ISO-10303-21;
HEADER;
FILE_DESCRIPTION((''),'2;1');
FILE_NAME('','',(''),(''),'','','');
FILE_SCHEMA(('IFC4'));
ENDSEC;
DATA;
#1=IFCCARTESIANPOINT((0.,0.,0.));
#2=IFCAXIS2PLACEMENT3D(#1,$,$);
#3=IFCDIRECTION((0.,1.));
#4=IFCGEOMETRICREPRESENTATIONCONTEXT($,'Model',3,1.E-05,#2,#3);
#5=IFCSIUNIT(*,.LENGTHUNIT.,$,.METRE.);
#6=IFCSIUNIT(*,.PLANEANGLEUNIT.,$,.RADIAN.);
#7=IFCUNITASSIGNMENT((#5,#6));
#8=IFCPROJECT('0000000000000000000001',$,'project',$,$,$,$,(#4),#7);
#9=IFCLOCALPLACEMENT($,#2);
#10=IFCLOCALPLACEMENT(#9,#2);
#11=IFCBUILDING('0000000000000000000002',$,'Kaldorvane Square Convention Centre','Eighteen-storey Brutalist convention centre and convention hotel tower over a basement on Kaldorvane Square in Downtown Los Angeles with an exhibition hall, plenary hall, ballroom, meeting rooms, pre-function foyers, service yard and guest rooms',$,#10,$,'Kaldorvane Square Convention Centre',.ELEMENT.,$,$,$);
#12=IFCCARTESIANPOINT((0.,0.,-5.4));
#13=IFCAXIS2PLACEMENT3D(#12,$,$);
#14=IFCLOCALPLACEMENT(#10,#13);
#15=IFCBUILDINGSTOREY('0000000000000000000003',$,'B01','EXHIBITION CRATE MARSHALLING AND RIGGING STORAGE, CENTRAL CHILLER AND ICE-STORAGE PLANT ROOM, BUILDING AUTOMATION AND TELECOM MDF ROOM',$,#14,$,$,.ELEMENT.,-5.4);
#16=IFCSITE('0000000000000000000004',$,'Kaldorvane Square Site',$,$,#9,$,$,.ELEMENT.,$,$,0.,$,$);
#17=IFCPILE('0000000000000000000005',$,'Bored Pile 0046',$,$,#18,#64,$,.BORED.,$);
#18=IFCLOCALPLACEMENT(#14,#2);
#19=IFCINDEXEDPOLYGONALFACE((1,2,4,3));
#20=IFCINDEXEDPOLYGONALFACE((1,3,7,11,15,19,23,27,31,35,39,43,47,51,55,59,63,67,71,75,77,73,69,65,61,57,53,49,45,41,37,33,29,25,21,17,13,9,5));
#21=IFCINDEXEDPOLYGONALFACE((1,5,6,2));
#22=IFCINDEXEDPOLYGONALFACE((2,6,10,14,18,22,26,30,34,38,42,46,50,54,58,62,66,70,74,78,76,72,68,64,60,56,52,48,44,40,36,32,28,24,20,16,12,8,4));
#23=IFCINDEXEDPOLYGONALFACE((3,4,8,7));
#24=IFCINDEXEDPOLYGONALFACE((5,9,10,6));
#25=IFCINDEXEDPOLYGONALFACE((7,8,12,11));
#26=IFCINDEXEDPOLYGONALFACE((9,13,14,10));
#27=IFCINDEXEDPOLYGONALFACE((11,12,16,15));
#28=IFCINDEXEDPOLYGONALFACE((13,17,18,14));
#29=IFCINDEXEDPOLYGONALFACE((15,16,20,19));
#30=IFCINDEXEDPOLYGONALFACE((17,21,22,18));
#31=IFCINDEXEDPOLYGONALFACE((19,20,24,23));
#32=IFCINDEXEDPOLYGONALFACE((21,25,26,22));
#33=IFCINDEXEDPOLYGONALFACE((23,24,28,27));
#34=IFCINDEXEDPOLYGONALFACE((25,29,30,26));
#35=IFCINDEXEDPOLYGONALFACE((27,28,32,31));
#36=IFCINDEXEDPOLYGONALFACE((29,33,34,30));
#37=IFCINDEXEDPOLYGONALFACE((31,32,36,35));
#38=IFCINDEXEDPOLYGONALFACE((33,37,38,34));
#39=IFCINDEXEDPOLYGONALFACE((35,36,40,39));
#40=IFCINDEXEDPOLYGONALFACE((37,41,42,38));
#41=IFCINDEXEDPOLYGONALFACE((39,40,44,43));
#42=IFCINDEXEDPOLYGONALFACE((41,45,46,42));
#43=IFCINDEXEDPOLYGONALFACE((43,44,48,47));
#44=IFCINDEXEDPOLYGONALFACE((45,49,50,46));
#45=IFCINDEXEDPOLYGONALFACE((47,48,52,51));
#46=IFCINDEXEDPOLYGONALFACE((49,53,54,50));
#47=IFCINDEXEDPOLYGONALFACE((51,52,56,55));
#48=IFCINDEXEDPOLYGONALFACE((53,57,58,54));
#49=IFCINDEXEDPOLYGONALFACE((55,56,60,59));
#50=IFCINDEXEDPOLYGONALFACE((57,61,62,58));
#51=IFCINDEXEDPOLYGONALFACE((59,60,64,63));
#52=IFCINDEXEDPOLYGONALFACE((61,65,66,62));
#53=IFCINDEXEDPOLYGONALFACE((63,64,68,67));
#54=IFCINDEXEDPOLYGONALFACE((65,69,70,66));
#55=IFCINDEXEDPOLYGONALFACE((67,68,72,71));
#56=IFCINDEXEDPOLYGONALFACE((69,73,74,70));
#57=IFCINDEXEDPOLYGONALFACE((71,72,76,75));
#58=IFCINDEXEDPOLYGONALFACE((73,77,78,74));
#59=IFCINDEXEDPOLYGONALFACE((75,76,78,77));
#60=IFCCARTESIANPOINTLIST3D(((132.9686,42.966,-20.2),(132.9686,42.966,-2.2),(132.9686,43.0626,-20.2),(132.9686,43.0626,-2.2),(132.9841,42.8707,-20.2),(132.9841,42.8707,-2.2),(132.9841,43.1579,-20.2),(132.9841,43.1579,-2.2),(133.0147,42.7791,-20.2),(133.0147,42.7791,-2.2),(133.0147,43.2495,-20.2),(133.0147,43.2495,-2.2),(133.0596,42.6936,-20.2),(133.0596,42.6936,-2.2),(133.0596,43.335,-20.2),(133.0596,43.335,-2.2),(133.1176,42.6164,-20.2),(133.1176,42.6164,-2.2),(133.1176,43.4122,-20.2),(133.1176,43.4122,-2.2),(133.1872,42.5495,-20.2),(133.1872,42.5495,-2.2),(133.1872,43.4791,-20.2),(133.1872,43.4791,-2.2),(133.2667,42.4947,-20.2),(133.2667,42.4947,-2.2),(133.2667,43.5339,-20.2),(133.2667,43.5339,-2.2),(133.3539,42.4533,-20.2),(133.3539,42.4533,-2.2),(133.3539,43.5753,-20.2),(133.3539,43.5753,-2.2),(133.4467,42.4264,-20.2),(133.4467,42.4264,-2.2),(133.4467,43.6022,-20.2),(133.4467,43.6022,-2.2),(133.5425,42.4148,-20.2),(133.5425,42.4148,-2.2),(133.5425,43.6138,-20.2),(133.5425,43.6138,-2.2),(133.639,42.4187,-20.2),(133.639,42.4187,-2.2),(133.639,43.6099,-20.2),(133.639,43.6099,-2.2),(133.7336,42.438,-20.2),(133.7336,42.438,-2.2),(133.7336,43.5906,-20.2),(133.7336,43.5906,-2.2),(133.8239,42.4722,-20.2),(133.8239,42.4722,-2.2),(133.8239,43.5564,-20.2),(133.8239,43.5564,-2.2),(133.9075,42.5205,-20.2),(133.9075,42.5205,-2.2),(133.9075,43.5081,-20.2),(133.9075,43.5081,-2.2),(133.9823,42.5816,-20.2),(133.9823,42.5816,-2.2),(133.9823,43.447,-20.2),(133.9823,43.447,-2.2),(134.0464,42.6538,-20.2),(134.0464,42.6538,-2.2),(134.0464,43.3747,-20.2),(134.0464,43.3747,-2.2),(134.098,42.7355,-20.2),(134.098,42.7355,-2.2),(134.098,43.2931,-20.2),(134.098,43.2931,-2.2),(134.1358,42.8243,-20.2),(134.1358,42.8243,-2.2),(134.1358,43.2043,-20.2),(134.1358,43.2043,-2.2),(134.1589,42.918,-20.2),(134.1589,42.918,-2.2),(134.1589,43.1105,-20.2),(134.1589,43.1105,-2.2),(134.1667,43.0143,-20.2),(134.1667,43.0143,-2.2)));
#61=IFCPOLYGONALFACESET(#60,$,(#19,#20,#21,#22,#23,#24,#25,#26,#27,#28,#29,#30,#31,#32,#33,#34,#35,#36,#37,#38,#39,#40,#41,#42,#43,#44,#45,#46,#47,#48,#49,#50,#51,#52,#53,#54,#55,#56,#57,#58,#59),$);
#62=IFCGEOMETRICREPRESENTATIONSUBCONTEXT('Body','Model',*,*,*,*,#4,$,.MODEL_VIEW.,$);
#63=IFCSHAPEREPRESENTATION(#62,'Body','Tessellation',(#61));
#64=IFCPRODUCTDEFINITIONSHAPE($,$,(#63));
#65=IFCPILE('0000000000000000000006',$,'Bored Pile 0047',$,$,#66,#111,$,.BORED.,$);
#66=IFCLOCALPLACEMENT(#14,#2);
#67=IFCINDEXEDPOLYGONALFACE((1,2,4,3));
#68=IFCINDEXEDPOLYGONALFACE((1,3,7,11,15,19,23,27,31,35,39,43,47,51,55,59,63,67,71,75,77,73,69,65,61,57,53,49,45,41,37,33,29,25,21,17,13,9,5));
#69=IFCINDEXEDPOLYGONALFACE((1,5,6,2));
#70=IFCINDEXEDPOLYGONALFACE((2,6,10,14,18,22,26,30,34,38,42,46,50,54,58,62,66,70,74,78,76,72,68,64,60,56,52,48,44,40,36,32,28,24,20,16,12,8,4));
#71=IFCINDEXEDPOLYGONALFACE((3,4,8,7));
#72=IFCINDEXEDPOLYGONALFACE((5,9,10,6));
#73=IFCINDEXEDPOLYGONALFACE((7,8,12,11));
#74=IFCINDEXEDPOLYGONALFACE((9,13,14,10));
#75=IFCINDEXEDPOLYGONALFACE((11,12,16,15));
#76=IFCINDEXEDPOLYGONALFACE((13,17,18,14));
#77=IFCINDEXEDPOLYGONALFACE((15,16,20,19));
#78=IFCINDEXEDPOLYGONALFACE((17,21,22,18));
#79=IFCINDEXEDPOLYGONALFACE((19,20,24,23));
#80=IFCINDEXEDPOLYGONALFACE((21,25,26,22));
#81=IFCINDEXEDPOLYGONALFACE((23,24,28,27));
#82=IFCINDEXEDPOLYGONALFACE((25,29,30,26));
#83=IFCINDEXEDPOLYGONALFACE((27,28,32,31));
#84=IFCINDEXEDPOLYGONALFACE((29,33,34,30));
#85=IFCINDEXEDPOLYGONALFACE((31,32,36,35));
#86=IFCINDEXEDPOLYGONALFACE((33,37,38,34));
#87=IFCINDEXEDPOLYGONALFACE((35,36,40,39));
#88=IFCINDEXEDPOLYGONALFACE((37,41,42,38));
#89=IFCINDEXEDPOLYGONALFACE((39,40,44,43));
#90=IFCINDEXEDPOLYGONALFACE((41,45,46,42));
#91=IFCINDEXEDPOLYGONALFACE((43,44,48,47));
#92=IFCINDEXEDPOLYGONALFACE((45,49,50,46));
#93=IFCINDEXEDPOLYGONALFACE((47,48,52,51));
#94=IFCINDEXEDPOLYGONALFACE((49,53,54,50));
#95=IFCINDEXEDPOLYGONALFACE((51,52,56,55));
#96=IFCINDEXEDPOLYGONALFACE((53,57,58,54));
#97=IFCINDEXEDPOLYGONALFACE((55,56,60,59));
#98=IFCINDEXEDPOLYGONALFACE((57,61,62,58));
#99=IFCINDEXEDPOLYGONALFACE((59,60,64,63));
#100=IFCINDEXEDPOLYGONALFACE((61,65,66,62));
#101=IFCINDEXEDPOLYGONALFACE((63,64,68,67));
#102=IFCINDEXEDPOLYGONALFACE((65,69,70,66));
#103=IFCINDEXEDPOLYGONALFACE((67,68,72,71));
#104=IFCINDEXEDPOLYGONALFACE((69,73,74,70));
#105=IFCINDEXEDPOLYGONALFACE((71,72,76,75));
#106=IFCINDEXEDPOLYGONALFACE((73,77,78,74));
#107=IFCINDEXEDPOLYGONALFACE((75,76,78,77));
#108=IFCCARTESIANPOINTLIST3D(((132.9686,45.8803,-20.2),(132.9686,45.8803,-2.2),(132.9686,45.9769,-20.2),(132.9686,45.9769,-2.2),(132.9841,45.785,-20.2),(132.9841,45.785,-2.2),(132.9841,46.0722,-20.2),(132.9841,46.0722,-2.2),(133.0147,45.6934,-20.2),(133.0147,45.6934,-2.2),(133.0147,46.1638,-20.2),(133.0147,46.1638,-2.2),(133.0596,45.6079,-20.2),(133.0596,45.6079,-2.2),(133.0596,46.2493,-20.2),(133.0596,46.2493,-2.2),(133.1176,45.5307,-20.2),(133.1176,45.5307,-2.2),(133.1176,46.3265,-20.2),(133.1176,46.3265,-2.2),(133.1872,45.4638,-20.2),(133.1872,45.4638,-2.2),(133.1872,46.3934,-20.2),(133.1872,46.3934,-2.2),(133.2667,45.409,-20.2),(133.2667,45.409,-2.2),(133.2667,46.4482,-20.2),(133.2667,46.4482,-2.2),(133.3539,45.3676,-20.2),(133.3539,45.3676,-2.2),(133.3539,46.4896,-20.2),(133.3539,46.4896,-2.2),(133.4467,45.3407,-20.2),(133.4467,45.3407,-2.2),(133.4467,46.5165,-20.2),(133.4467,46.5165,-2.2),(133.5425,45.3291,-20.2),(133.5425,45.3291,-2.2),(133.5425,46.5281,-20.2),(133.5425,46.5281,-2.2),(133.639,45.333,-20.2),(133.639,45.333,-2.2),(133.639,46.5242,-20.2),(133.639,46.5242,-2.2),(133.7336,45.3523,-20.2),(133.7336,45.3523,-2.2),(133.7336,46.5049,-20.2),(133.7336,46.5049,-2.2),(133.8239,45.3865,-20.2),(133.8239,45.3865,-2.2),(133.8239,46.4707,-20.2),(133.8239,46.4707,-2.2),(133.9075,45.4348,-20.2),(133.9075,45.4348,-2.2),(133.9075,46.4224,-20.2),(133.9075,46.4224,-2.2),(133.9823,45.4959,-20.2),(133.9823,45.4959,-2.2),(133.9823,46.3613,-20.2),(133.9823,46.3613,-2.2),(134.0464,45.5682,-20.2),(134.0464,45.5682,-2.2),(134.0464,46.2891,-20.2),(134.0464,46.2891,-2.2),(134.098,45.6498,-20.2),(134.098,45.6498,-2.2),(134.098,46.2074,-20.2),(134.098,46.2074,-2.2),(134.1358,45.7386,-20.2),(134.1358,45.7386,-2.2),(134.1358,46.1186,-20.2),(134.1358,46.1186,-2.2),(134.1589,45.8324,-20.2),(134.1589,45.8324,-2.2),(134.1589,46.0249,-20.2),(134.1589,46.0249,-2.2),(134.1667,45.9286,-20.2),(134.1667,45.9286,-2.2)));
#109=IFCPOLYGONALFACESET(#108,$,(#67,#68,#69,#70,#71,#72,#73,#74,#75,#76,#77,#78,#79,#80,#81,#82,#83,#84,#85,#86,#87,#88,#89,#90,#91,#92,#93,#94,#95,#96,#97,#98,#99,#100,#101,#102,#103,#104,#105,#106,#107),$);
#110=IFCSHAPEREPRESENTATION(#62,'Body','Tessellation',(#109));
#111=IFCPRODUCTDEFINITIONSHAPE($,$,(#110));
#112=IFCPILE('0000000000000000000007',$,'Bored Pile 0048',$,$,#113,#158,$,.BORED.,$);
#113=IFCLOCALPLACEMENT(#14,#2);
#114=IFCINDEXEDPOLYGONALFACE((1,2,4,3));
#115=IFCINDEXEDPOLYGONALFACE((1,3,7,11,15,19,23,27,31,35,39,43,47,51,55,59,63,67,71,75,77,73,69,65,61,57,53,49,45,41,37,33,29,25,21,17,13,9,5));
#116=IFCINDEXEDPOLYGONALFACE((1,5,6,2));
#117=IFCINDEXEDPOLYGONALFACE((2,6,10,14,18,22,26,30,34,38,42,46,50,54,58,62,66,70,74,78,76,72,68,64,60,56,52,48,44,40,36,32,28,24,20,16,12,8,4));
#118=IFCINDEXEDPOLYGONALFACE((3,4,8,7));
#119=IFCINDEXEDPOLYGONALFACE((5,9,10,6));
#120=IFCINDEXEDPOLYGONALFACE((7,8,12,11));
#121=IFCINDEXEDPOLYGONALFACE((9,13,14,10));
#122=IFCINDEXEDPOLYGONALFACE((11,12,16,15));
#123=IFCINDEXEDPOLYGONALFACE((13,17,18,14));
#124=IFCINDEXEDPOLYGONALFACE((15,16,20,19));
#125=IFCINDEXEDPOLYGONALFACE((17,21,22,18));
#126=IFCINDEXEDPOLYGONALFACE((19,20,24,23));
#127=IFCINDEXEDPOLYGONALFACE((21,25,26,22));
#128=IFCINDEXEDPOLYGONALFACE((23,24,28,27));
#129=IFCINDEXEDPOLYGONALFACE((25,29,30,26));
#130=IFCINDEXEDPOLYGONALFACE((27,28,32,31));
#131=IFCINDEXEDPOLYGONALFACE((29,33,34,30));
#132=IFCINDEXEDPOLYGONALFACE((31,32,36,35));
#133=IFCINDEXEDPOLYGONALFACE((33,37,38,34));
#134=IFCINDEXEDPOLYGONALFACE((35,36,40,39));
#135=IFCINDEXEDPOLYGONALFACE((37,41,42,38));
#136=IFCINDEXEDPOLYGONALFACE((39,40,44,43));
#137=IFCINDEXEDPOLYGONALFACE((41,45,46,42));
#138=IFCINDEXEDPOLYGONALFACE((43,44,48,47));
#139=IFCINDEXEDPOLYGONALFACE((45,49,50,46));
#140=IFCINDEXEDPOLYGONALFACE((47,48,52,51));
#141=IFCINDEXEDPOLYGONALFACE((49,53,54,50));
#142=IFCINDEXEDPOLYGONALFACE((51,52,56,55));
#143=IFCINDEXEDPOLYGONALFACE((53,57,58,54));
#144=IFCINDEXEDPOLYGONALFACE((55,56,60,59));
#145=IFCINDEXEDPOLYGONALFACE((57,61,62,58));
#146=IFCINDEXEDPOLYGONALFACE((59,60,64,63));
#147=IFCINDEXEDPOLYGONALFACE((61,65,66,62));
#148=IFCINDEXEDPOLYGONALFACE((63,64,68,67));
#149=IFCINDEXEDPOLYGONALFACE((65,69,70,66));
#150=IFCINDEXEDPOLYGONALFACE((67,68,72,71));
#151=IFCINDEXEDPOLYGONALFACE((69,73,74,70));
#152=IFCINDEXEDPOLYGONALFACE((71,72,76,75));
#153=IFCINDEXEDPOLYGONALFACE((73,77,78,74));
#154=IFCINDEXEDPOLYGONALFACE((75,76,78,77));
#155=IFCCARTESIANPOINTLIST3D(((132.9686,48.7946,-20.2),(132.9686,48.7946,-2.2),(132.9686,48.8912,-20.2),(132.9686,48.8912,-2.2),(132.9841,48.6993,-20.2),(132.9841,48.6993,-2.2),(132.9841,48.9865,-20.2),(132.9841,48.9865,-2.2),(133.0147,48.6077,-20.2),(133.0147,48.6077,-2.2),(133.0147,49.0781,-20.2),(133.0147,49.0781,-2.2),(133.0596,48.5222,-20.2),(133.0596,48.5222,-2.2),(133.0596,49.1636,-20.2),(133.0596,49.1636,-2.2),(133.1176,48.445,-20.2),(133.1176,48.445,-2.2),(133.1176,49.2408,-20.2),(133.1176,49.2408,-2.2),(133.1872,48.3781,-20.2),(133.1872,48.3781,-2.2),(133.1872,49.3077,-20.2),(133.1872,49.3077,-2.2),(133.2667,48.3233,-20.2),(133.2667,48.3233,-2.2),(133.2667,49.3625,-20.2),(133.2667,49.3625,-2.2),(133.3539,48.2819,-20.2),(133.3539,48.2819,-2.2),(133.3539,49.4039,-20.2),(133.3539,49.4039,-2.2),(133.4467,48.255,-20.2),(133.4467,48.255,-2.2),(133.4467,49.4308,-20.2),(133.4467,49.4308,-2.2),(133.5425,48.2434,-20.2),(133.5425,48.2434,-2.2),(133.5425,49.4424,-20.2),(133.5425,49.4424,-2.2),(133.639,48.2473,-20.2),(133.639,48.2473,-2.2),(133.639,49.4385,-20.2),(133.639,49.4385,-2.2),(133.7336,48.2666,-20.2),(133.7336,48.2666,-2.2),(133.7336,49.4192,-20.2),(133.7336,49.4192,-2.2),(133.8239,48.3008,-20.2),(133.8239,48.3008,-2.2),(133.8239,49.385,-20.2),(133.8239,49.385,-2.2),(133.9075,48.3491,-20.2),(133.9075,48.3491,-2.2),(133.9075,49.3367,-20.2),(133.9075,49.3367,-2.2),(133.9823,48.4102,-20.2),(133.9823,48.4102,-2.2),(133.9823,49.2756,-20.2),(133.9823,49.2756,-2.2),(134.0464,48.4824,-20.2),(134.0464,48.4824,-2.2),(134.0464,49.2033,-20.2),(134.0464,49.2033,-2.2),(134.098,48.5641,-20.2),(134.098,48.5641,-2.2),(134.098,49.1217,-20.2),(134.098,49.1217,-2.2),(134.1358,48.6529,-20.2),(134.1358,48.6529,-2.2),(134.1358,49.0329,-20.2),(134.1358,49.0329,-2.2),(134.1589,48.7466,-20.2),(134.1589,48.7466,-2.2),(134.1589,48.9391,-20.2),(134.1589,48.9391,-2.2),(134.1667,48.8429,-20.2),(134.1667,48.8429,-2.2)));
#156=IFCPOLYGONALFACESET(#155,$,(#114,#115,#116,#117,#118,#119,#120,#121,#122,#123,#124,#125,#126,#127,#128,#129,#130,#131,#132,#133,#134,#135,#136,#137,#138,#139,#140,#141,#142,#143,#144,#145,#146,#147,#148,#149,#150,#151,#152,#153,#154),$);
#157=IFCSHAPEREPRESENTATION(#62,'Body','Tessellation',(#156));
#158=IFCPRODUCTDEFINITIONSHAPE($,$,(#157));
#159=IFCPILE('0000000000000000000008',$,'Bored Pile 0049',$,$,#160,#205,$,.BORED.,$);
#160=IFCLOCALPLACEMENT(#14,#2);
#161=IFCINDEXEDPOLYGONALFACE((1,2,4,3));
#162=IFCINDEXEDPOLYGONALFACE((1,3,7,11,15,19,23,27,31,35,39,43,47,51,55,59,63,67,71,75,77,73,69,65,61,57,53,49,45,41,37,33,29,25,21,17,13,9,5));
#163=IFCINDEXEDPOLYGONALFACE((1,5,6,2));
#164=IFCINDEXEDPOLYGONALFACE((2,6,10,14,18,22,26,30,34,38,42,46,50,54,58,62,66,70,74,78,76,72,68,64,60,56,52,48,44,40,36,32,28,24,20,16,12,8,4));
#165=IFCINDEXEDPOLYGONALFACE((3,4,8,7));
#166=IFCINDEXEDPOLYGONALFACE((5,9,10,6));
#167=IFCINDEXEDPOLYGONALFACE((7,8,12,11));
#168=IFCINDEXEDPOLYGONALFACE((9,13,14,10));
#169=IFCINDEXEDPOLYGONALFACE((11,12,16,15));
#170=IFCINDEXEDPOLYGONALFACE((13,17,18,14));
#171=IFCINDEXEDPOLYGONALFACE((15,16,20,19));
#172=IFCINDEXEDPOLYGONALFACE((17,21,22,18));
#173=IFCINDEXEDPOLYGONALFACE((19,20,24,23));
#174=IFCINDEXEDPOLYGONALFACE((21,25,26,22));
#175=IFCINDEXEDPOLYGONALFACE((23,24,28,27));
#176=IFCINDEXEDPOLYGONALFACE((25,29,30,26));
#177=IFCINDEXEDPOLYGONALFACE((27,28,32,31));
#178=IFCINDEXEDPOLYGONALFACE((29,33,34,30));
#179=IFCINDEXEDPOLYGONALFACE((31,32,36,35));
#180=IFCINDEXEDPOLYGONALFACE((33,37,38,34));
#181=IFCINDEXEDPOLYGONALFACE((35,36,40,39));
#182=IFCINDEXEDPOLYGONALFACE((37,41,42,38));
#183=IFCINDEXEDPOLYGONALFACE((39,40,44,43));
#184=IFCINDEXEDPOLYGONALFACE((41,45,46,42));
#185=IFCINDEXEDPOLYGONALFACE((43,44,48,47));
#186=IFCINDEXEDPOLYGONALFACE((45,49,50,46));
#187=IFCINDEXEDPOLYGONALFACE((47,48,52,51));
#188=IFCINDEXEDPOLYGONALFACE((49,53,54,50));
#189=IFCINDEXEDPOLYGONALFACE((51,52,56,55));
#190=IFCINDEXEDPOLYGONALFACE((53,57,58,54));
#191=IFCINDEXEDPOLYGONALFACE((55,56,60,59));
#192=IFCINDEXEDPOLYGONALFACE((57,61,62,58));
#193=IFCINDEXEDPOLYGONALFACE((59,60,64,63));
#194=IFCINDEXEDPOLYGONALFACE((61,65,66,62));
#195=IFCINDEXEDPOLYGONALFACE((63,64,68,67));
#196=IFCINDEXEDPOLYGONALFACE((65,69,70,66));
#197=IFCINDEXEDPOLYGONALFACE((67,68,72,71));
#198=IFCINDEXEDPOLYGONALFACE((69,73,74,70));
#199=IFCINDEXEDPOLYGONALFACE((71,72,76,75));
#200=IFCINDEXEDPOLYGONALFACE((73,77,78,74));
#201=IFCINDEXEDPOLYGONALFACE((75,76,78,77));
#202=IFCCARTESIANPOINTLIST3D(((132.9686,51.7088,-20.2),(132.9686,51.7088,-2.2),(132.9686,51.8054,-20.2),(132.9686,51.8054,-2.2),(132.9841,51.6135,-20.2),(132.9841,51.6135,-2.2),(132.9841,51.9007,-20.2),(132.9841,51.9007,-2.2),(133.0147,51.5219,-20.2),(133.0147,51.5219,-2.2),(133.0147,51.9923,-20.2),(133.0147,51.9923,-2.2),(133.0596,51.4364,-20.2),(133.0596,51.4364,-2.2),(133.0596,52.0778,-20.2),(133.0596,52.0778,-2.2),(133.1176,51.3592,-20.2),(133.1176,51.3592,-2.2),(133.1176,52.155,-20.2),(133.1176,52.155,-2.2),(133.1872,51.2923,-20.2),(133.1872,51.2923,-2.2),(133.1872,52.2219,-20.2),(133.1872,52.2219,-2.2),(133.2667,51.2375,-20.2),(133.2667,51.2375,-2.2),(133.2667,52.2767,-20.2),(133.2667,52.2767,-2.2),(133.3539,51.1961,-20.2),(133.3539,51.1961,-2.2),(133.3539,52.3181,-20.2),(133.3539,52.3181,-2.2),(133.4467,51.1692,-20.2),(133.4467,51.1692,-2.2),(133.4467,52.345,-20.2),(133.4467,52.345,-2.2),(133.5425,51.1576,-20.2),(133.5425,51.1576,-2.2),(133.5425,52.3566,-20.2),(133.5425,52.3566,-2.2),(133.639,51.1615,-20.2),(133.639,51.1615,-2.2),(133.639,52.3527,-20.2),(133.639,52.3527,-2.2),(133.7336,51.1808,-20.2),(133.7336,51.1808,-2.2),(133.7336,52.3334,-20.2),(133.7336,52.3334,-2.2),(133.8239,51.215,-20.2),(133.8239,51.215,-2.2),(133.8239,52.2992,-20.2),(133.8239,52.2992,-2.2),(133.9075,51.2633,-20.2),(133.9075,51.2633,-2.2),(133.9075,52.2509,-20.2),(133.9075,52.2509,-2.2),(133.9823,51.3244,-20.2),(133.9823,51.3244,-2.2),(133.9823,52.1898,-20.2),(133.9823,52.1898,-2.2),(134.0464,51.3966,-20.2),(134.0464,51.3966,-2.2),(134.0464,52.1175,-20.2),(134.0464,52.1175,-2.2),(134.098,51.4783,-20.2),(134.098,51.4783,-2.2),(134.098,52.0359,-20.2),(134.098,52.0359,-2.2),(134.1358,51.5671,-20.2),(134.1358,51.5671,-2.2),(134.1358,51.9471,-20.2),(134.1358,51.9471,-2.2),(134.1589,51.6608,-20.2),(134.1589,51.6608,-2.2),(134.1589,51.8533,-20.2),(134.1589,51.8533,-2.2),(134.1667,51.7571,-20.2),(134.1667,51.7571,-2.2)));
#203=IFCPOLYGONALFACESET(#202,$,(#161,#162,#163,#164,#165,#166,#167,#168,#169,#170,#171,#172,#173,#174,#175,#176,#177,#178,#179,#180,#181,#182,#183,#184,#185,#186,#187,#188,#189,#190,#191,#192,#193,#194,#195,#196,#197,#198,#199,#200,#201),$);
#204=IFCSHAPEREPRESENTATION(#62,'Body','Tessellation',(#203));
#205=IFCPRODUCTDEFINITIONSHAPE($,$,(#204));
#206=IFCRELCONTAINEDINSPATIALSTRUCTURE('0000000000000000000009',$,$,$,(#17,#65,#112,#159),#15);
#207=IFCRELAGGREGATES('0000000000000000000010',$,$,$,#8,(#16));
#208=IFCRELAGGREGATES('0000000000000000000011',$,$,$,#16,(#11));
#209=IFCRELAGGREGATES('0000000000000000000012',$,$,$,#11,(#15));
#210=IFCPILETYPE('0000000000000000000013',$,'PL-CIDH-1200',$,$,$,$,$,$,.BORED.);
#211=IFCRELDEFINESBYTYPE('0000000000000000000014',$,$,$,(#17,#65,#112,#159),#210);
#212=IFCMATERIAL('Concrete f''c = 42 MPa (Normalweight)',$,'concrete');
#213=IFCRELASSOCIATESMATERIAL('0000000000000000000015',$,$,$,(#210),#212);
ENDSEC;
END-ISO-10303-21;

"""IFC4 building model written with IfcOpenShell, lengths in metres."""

from ifc_helpers import new_model, si_unit, direction, frame, origin, origin_2d, place, context, subcontext, project, spatial, circle, extrude, material, material_profile, profile_set, type_object, element, save


model = new_model("IFC4")

# Units and contexts
model_context = context("Model", 3, precision=1e-05, world=origin(), true_north=direction((0.0, 1.0)))
body_context = subcontext(model_context, "Body", "Model", "MODEL_VIEW")
ifc_project = project(units=[si_unit("LENGTHUNIT", "METRE"), si_unit("PLANEANGLEUNIT", "RADIAN")], contexts=[model_context])

# Site, building, storey
site_placement = place(None, origin())
site = spatial("IfcSite", under=ifc_project, at=site_placement, Name="Kaldorvane Square Site", CompositionType="ELEMENT", RefElevation=0.0)
building_placement = place(site_placement, origin())
building = spatial("IfcBuilding", under=site, at=building_placement, Name="Kaldorvane Square Convention Centre", Description="Eighteen-storey Brutalist convention centre and convention hotel tower over a basement on Kaldorvane Square in Downtown Los Angeles with an exhibition hall, plenary hall, ballroom, meeting rooms, pre-function foyers, service yard and guest rooms", LongName="Kaldorvane Square Convention Centre", CompositionType="ELEMENT")
storey_placement = place(building_placement, frame((0.0, 0.0, -5.4)))
storey = spatial("IfcBuildingStorey", under=building, at=storey_placement, Name="B01", Description="EXHIBITION CRATE MARSHALLING AND RIGGING STORAGE, CENTRAL CHILLER AND ICE-STORAGE PLANT ROOM, BUILDING AUTOMATION AND TELECOM MDF ROOM", CompositionType="ELEMENT", Elevation=-5.4)

# Shared definitions
ifc_material_1 = material(Name="Concrete f'c = 42 MPa (Normalweight)", Category="concrete")

# Piles
ifc_material_profile_1 = material_profile(ifc_material_1, circle(Radius=0.6, at=origin_2d()), Name="PILE-D1200")
ifc_profile_set_1 = profile_set([ifc_material_profile_1], Name="Concrete f'c = 42 MPa (Normalweight)")
pile_type_1 = type_object("IfcPileType", Name="PL-CIDH-1200", PredefinedType="BORED", material=ifc_profile_set_1)
for number, where, z_axis, x_axis, name in (
    (1, (133.5667, 43.0143, -2.2), (0.0, 0.0, -1.0), (1.0, 0.0, 0.0), "Bored Pile 0046"),
    (2, (133.5667, 45.9286, -2.2), (0.0, 0.0, -1.0), (1.0, 0.0, 0.0), "Bored Pile 0047"),
    (3, (133.5667, 48.8429, -2.2), (0.0, 0.0, -1.0), (1.0, 0.0, 0.0), "Bored Pile 0048"),
    (4, (133.5667, 51.7571, -2.2), (0.0, 0.0, -1.0), (1.0, 0.0, 0.0), "Bored Pile 0049"),
):
    element("IfcPile", number, at=place(storey_placement, frame(where, z_axis=z_axis, x_axis=x_axis)), inside=storey, type_object=pile_type_1, Name=name, PredefinedType="BORED", context=body_context, shape_type="SweptSolid", body=[
        extrude(circle(Radius=0.6, at=origin_2d()), origin(), (0.0, 0.0, 1.0), 18.0),
    ])

save(model, "model.ifc")
